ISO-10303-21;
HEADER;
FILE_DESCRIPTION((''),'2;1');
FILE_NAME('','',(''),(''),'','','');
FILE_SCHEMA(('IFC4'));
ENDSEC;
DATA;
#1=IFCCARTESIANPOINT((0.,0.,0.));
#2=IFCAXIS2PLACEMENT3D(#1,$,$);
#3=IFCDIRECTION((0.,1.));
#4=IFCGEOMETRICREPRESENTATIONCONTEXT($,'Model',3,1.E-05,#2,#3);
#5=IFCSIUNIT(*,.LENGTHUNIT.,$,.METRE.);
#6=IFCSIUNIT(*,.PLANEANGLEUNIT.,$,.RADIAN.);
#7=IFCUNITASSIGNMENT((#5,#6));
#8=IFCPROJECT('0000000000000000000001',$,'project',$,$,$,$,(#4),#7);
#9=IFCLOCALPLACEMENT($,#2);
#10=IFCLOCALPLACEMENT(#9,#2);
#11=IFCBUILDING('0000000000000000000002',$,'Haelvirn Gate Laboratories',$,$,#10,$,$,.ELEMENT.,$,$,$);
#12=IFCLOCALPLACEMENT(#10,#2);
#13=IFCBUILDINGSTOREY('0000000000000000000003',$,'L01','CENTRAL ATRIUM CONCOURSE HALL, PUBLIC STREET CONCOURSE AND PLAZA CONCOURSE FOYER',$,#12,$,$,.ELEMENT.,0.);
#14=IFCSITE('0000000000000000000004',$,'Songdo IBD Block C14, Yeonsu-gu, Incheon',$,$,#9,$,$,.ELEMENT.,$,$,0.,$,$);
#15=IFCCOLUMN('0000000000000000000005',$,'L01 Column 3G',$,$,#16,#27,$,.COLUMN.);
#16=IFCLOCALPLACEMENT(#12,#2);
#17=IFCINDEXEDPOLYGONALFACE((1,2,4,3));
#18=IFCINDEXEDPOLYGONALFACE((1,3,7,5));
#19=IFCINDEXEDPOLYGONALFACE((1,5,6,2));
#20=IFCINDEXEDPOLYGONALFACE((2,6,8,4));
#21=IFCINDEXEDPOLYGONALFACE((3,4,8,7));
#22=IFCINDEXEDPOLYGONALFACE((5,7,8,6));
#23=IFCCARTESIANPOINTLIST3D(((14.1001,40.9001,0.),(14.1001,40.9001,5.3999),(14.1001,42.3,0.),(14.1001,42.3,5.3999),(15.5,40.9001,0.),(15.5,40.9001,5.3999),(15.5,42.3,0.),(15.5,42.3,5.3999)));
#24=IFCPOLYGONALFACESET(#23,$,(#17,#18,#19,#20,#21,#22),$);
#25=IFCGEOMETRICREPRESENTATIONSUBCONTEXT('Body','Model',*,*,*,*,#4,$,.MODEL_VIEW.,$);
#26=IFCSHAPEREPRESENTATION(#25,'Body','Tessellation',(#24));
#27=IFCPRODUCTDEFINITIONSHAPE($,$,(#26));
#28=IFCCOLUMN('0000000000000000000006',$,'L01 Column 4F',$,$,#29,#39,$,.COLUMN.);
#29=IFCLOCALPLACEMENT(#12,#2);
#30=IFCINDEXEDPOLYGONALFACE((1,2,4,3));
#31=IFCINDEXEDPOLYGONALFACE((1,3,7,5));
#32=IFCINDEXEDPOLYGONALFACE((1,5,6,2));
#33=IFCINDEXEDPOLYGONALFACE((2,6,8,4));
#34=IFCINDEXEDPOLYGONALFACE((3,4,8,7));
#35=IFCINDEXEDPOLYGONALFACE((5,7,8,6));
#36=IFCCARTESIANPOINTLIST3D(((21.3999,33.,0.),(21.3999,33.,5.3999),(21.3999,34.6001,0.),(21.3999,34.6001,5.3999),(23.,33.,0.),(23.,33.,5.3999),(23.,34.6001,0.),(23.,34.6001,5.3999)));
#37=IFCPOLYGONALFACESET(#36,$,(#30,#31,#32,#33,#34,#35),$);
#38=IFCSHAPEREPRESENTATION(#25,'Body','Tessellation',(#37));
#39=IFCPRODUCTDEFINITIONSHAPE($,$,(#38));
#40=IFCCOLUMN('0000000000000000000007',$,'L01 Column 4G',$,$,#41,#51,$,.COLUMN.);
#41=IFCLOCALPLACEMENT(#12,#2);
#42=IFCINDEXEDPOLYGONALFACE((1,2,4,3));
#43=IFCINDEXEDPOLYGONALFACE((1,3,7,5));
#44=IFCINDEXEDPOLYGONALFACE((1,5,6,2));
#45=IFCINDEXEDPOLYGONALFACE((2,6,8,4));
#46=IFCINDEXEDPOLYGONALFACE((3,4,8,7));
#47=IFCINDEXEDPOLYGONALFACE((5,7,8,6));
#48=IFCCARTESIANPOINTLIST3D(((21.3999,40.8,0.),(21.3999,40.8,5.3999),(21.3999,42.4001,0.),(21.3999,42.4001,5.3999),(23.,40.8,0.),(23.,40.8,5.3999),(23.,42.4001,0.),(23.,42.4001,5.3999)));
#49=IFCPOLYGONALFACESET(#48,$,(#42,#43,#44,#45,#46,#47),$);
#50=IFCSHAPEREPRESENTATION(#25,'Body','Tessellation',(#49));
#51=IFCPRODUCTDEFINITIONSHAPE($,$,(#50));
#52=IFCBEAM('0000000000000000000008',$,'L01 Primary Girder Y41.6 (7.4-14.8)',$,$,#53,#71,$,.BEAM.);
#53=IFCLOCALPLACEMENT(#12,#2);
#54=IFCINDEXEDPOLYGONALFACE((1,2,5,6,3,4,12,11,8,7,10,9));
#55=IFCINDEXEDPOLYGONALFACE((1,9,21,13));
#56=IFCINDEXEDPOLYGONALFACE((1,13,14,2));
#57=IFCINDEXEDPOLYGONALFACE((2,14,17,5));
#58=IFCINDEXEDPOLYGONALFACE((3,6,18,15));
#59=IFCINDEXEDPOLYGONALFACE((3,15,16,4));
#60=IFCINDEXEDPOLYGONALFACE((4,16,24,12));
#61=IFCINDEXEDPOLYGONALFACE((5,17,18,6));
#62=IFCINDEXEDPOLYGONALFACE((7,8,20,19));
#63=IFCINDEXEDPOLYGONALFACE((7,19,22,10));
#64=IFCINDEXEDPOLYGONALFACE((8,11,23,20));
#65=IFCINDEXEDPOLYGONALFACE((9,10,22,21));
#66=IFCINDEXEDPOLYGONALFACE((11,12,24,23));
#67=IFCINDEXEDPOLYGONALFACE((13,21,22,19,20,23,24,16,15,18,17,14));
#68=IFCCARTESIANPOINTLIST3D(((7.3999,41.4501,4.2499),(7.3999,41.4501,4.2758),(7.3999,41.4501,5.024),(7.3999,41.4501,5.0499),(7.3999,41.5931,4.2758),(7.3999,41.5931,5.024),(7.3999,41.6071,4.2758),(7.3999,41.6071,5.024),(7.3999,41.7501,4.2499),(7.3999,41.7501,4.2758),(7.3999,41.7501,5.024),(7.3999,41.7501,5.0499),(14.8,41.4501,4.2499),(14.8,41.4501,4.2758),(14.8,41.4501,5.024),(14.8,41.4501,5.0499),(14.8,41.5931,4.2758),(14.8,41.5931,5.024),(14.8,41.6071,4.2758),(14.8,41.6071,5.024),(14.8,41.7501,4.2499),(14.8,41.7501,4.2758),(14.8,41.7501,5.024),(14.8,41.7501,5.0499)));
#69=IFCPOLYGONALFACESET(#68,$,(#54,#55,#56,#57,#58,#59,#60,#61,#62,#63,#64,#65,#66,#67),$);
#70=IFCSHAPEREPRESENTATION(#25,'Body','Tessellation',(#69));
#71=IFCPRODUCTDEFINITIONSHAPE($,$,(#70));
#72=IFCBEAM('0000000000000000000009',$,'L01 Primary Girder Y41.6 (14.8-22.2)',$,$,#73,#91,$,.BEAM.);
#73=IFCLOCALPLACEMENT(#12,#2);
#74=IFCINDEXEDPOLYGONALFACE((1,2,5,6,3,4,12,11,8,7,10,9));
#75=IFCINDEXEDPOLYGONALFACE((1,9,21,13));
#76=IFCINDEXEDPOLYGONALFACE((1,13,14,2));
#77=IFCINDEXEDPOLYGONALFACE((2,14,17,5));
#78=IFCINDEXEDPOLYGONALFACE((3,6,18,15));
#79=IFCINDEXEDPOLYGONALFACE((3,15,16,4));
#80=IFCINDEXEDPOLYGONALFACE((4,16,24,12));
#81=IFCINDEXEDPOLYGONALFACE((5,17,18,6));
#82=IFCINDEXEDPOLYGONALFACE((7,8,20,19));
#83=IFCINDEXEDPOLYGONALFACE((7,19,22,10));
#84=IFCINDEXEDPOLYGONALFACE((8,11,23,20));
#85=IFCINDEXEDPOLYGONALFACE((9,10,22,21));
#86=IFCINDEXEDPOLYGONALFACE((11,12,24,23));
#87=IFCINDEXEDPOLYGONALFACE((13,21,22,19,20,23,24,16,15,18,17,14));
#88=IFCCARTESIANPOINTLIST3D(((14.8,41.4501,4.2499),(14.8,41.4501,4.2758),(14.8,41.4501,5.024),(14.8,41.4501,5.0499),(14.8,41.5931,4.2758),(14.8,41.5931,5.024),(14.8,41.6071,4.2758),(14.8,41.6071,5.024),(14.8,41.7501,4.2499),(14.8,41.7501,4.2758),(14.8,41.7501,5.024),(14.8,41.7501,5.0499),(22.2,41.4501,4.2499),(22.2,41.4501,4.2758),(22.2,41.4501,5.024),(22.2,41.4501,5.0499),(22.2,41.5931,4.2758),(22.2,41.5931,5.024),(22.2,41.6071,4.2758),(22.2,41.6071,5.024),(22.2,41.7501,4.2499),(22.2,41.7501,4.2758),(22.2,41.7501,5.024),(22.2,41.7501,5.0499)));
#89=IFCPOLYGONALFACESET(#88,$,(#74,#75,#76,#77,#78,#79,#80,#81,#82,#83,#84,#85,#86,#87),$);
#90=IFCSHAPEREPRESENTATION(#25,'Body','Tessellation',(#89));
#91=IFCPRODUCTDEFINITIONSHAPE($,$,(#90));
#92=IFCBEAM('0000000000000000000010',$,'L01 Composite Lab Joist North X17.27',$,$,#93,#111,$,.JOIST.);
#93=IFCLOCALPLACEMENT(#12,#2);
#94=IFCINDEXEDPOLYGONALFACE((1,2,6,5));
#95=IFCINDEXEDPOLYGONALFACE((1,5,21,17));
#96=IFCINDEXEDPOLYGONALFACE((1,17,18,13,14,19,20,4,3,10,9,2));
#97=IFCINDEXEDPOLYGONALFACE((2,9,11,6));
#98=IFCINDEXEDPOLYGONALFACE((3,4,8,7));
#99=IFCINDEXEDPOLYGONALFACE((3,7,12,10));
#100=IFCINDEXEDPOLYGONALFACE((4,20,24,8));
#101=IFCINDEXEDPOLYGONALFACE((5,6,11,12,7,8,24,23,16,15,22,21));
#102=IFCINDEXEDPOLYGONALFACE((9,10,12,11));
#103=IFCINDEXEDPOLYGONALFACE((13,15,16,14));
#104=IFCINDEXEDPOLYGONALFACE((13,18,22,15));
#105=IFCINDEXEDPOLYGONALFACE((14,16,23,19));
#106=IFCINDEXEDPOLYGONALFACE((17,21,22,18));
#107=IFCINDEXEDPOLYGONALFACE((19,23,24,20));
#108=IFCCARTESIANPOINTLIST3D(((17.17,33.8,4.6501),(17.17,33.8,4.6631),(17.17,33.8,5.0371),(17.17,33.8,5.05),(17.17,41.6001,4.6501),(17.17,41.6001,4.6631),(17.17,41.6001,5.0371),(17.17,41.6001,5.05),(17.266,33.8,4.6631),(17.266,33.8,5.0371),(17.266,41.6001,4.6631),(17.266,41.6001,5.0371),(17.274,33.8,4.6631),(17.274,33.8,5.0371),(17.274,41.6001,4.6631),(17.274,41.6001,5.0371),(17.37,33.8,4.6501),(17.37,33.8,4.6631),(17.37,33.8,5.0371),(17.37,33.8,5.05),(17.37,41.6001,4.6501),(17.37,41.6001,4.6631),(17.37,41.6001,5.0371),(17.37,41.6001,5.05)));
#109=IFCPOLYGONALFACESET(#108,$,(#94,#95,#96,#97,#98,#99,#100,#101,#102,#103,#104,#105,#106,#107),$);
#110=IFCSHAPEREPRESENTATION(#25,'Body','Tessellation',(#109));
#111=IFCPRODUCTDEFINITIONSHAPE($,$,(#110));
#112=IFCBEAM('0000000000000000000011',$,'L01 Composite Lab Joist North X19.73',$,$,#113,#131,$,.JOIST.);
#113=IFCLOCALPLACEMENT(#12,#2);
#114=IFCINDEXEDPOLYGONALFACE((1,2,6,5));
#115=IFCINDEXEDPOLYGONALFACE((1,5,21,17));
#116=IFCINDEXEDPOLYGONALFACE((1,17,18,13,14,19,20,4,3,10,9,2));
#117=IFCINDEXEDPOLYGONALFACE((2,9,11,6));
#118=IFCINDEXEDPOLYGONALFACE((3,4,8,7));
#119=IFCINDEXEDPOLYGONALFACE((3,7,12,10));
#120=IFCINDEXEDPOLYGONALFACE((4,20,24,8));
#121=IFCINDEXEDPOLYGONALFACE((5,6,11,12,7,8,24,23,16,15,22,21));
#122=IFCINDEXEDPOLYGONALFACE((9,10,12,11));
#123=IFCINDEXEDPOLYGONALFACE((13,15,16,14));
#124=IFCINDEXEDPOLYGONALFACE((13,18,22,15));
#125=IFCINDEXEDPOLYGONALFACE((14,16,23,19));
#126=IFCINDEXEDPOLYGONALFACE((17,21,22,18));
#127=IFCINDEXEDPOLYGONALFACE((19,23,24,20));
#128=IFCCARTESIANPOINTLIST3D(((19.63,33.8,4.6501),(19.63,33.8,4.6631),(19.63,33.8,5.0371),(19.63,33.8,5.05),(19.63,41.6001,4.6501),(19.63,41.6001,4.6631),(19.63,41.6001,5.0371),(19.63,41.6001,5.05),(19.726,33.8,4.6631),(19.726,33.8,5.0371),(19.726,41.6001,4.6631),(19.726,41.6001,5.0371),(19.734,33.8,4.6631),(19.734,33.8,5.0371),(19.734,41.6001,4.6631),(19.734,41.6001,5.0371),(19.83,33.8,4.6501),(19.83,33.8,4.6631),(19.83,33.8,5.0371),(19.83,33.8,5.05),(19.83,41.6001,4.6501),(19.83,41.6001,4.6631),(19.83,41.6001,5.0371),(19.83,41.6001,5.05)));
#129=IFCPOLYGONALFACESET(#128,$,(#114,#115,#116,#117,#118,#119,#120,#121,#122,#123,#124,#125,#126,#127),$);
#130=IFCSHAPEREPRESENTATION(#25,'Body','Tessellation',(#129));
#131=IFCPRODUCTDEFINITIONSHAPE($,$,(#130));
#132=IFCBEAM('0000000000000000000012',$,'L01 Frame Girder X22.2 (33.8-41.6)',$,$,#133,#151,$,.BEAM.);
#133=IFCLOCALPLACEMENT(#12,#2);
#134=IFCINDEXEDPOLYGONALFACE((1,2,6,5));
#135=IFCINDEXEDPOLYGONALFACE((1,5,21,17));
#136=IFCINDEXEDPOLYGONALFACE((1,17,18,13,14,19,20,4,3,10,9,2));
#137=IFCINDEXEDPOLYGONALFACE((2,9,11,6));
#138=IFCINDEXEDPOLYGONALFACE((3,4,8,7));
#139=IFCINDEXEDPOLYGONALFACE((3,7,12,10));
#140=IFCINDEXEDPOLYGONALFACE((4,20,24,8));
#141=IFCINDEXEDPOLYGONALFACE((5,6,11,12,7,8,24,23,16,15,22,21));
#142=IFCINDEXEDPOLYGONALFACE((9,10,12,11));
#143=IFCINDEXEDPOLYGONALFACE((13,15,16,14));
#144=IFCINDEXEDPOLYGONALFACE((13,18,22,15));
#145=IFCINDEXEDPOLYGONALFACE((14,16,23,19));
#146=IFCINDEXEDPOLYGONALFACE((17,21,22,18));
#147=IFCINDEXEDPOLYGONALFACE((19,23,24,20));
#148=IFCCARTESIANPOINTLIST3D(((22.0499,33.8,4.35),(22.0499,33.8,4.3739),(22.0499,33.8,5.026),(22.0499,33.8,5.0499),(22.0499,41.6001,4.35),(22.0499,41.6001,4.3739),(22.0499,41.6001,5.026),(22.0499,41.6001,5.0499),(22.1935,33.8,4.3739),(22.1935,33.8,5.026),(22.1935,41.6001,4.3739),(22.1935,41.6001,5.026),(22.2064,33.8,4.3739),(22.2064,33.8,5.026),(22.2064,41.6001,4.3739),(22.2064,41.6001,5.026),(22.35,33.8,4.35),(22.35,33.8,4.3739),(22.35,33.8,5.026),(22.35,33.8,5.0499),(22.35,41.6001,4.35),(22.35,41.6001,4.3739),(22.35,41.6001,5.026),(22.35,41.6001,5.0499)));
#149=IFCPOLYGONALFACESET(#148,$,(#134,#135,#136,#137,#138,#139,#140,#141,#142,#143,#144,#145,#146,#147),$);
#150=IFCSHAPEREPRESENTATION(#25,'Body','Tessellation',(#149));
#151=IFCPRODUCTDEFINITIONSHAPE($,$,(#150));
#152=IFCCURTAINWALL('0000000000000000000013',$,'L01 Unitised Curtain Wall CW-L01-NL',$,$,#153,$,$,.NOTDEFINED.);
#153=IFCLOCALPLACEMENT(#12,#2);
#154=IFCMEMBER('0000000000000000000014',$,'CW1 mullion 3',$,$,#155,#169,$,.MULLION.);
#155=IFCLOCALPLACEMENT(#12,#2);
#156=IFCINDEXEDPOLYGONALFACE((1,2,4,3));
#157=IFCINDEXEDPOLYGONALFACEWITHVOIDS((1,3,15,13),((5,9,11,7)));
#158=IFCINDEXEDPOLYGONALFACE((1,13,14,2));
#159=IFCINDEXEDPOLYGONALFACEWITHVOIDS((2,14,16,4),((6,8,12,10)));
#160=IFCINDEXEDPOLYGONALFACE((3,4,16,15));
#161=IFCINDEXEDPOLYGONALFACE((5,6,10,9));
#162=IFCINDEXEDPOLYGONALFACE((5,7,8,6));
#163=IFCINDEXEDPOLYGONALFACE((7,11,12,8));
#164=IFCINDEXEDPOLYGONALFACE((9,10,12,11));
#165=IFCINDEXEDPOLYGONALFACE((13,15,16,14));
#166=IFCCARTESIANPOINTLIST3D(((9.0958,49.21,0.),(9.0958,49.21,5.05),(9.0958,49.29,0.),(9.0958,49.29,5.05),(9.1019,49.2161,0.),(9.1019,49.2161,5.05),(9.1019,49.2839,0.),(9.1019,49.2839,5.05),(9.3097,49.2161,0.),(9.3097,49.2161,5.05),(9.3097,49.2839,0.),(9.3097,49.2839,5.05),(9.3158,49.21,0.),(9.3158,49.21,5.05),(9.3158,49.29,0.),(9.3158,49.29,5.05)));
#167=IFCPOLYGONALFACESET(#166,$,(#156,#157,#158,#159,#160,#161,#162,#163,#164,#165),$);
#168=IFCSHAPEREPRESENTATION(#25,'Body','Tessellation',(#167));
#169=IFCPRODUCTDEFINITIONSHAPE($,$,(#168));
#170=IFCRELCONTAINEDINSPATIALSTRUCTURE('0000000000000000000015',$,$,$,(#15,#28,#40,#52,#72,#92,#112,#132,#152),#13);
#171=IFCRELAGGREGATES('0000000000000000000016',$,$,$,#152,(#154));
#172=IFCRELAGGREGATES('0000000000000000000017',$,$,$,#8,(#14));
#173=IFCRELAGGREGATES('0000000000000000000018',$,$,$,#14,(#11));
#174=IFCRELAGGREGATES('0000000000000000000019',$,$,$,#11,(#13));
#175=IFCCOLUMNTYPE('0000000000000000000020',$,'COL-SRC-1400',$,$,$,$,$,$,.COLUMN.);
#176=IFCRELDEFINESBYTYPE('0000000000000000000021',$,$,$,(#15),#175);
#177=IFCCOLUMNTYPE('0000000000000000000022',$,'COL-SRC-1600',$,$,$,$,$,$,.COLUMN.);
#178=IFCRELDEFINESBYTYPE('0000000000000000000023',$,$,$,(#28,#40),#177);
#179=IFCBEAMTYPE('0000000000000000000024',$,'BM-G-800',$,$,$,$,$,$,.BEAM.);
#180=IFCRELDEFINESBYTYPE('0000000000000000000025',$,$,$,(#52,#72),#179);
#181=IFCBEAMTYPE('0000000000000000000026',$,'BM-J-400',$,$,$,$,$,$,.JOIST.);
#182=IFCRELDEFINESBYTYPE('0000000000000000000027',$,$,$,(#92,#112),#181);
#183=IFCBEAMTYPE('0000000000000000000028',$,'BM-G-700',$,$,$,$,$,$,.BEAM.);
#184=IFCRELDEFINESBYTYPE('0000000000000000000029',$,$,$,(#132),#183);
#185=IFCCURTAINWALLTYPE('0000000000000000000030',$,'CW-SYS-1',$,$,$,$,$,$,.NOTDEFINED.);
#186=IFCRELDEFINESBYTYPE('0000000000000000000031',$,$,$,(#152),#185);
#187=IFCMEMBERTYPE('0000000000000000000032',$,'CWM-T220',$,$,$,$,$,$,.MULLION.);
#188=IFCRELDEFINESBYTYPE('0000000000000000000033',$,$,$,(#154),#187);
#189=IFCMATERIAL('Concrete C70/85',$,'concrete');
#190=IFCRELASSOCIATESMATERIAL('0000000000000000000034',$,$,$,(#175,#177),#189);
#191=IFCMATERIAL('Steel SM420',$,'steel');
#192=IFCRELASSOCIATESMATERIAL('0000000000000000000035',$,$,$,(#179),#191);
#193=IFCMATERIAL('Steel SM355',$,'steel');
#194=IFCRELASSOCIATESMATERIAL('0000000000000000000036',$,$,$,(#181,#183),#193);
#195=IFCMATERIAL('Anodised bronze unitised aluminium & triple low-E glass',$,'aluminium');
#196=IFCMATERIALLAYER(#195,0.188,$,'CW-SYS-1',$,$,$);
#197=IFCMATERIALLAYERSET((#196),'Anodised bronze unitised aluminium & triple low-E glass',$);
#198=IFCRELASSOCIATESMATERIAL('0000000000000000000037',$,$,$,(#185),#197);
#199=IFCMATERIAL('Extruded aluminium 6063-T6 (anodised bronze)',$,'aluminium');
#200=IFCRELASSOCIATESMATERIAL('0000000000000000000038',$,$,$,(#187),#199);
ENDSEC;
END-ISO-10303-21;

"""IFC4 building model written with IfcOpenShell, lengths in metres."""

from ifc_helpers import new_model, si_unit, direction, frame, origin, origin_2d, place, context, subcontext, project, spatial, rectangle, hollow_rectangle, i_section, extrude, source, transform, mapped, material, layer, layer_set, material_profile, profile_set, type_object, type_shapes, element, aggregate, save


model = new_model("IFC4")

# Units and contexts
model_context = context("Model", 3, precision=1e-05, world=origin(), true_north=direction((0.0, 1.0)))
body_context = subcontext(model_context, "Body", "Model", "MODEL_VIEW")
ifc_project = project(units=[si_unit("LENGTHUNIT", "METRE"), si_unit("PLANEANGLEUNIT", "RADIAN")], contexts=[model_context])

# Site, building, storey
site_placement = place(None, origin())
site = spatial("IfcSite", under=ifc_project, at=site_placement, Name="Songdo IBD Block C14, Yeonsu-gu, Incheon", CompositionType="ELEMENT", RefElevation=0.0)
building_placement = place(site_placement, origin())
building = spatial("IfcBuilding", under=site, at=building_placement, Name="Haelvirn Gate Laboratories", CompositionType="ELEMENT")
storey_placement = place(building_placement, origin())
storey = spatial("IfcBuildingStorey", under=building, at=storey_placement, Name="L01", Description="CENTRAL ATRIUM CONCOURSE HALL, PUBLIC STREET CONCOURSE AND PLAZA CONCOURSE FOYER", CompositionType="ELEMENT", Elevation=0.0)

# Columns
ifc_material_1 = material(Name="Concrete C70/85", Category="concrete")
ifc_material_profile_1 = material_profile(ifc_material_1, rectangle(XDim=1.3999, YDim=1.3999, at=origin_2d()), Name="SRC-1400x1400")
ifc_profile_set_1 = profile_set([ifc_material_profile_1], Name="Concrete C70/85")
column_type_1 = type_object("IfcColumnType", Name="COL-SRC-1400", PredefinedType="COLUMN", material=ifc_profile_set_1)
shared_shape_1 = source(origin(), body_context, "Body", "SweptSolid", [
    extrude(rectangle(XDim=1.3999, YDim=1.3999, at=origin_2d()), origin(), (0.0, 0.0, 1.0), 5.3999),
])
type_shapes(column_type_1, [shared_shape_1])
column_placement = place(storey_placement, frame((14.8, 41.6001, 0.0), z_axis=(0.0, 0.0, 1.0), x_axis=(1.0, 0.0, 0.0)))
element("IfcColumn", 1, at=column_placement, inside=storey, type_object=column_type_1, Name="L01 Column 3G", PredefinedType="COLUMN", context=body_context, shape_type="MappedRepresentation", body=[
    mapped(shared_shape_1, transform((0.0, 0.0, 0.0), scale=1.0)),
])
ifc_material_profile_2 = material_profile(ifc_material_1, rectangle(XDim=1.6001, YDim=1.6001, at=origin_2d()), Name="SRC-1600x1600")
ifc_profile_set_2 = profile_set([ifc_material_profile_2], Name="Concrete C70/85")
column_type_2 = type_object("IfcColumnType", Name="COL-SRC-1600", PredefinedType="COLUMN", material=ifc_profile_set_2)
shared_shape_2 = source(origin(), body_context, "Body", "SweptSolid", [
    extrude(rectangle(XDim=1.6001, YDim=1.6001, at=origin_2d()), origin(), (0.0, 0.0, 1.0), 5.3999),
])
type_shapes(column_type_2, [shared_shape_2])
for number, where, z_axis, x_axis, name in (
    (2, (22.2, 33.8, 0.0), (0.0, 0.0, 1.0), (1.0, 0.0, 0.0), "L01 Column 4F"),
    (3, (22.2, 41.6001, 0.0), (0.0, 0.0, 1.0), (1.0, 0.0, 0.0), "L01 Column 4G"),
):
    element("IfcColumn", number, at=place(storey_placement, frame(where, z_axis=z_axis, x_axis=x_axis)), inside=storey, type_object=column_type_2, Name=name, PredefinedType="COLUMN", context=body_context, shape_type="MappedRepresentation", body=[
        mapped(shared_shape_2, transform((0.0, 0.0, 0.0), scale=1.0)),
    ])

# Beams
ifc_material_2 = material(Name="Steel SM420", Category="steel")
ifc_material_profile_3 = material_profile(ifc_material_2, i_section(OverallWidth=0.3, OverallDepth=0.8, WebThickness=0.0139, FlangeThickness=0.0259, at=origin_2d()), Name="H-800x300x14x26")
ifc_profile_set_3 = profile_set([ifc_material_profile_3], Name="Steel SM420")
beam_type_1 = type_object("IfcBeamType", Name="BM-G-800", PredefinedType="BEAM", material=ifc_profile_set_3)
shared_shape_3 = source(origin(), body_context, "Body", "SweptSolid", [
    extrude(i_section(OverallWidth=0.3, OverallDepth=0.8, WebThickness=0.0139, FlangeThickness=0.0259, at=origin_2d()), origin(), (0.0, 0.0, 1.0), 7.4001),
])
beam_1_placement = place(storey_placement, frame((7.3999, 41.6001, 4.6499), z_axis=(1.0, 0.0, 0.0), x_axis=(0.0, 1.0, 0.0)))
element("IfcBeam", 4, at=beam_1_placement, inside=storey, type_object=beam_type_1, Name="L01 Primary Girder Y41.6 (7.4-14.8)", PredefinedType="BEAM", context=body_context, shape_type="MappedRepresentation", body=[
    mapped(shared_shape_3, transform((0.0, 0.0, 0.0), scale=1.0)),
])
shared_shape_4 = source(origin(), body_context, "Body", "SweptSolid", [
    extrude(i_section(OverallWidth=0.3, OverallDepth=0.8, WebThickness=0.0139, FlangeThickness=0.0259, at=origin_2d()), origin(), (0.0, 0.0, 1.0), 7.3999),
])
type_shapes(beam_type_1, [shared_shape_3, shared_shape_4])
beam_2_placement = place(storey_placement, frame((14.8, 41.6001, 4.6499), z_axis=(1.0, 0.0, 0.0), x_axis=(0.0, 1.0, 0.0)))
element("IfcBeam", 5, at=beam_2_placement, inside=storey, type_object=beam_type_1, Name="L01 Primary Girder Y41.6 (14.8-22.2)", PredefinedType="BEAM", context=body_context, shape_type="MappedRepresentation", body=[
    mapped(shared_shape_4, transform((0.0, 0.0, 0.0), scale=1.0)),
])
ifc_material_3 = material(Name="Steel SM355", Category="steel")
ifc_material_profile_4 = material_profile(ifc_material_3, i_section(OverallWidth=0.2, OverallDepth=0.3999, WebThickness=0.0081, FlangeThickness=0.0129, at=origin_2d()), Name="H-400x200x8x13")
ifc_profile_set_4 = profile_set([ifc_material_profile_4], Name="Steel SM355")
beam_type_2 = type_object("IfcBeamType", Name="BM-J-400", PredefinedType="JOIST", material=ifc_profile_set_4)
shared_shape_5 = source(origin(), body_context, "Body", "SweptSolid", [
    extrude(i_section(OverallWidth=0.2, OverallDepth=0.3999, WebThickness=0.0081, FlangeThickness=0.0129, at=origin_2d()), origin(), (0.0, 0.0, 1.0), 7.8),
])
type_shapes(beam_type_2, [shared_shape_5])
for number, where, z_axis, x_axis, name in (
    (6, (17.27, 33.8, 4.8501), (0.0, 1.0, 0.0), (-1.0, 0.0, 0.0), "L01 Composite Lab Joist North X17.27"),
    (7, (19.73, 33.8, 4.8501), (0.0, 1.0, 0.0), (-1.0, 0.0, 0.0), "L01 Composite Lab Joist North X19.73"),
):
    element("IfcBeam", number, at=place(storey_placement, frame(where, z_axis=z_axis, x_axis=x_axis)), inside=storey, type_object=beam_type_2, Name=name, PredefinedType="JOIST", context=body_context, shape_type="MappedRepresentation", body=[
        mapped(shared_shape_5, transform((0.0, 0.0, 0.0), scale=1.0)),
    ])
ifc_material_profile_5 = material_profile(ifc_material_3, i_section(OverallWidth=0.3, OverallDepth=0.7, WebThickness=0.0129, FlangeThickness=0.0239, at=origin_2d()), Name="H-700x300x13x24")
ifc_profile_set_5 = profile_set([ifc_material_profile_5], Name="Steel SM355")
beam_type_3 = type_object("IfcBeamType", Name="BM-G-700", PredefinedType="BEAM", material=ifc_profile_set_5)
shared_shape_6 = source(origin(), body_context, "Body", "SweptSolid", [
    extrude(i_section(OverallWidth=0.3, OverallDepth=0.7, WebThickness=0.0129, FlangeThickness=0.0239, at=origin_2d()), origin(), (0.0, 0.0, 1.0), 7.8),
])
type_shapes(beam_type_3, [shared_shape_6])
beam_3_placement = place(storey_placement, frame((22.2, 33.8, 4.7), z_axis=(0.0, 1.0, 0.0), x_axis=(-1.0, 0.0, 0.0)))
element("IfcBeam", 8, at=beam_3_placement, inside=storey, type_object=beam_type_3, Name="L01 Frame Girder X22.2 (33.8-41.6)", PredefinedType="BEAM", context=body_context, shape_type="MappedRepresentation", body=[
    mapped(shared_shape_6, transform((0.0, 0.0, 0.0), scale=1.0)),
])

# Curtain wall, member
ifc_material_4 = material(Name="Anodised bronze unitised aluminium & triple low-E glass", Category="aluminium")
ifc_layer_1 = layer(ifc_material_4, 0.188, Name="CW-SYS-1")
ifc_layer_set_1 = layer_set([ifc_layer_1], Name="Anodised bronze unitised aluminium & triple low-E glass")
curtain_wall_type = type_object("IfcCurtainWallType", Name="CW-SYS-1", PredefinedType="NOTDEFINED", material=ifc_layer_set_1)
curtain_wall_placement = place(storey_placement, origin())
curtain_wall = element("IfcCurtainWall", 9, at=curtain_wall_placement, inside=storey, type_object=curtain_wall_type, Name="L01 Unitised Curtain Wall CW-L01-NL", PredefinedType="NOTDEFINED")
ifc_material_5 = material(Name="Extruded aluminium 6063-T6 (anodised bronze)", Category="aluminium")
ifc_material_profile_6 = material_profile(ifc_material_5, hollow_rectangle(XDim=0.0801, YDim=0.22, WallThickness=0.0061, at=origin_2d()), Name="CWM-220x80x6")
ifc_profile_set_6 = profile_set([ifc_material_profile_6], Name="Extruded aluminium 6063-T6 (anodised bronze)")
member_type_1 = type_object("IfcMemberType", Name="CWM-T220", PredefinedType="MULLION", material=ifc_profile_set_6)
shared_shape_7 = source(origin(), body_context, "Body", "SweptSolid", [
    extrude(hollow_rectangle(XDim=0.0801, YDim=0.22, WallThickness=0.0061, at=origin_2d()), origin(), (0.0, 0.0, 1.0), 5.05),
])
type_shapes(member_type_1, [shared_shape_7])
member_1_placement = place(storey_placement, frame((9.2058, 49.25, 0.0), z_axis=(0.0, 0.0, 1.0), x_axis=(0.0, 1.0, 0.0)))
member_1 = element("IfcMember", 10, at=member_1_placement, type_object=member_type_1, Name="CW1 mullion 3", PredefinedType="MULLION", context=body_context, shape_type="MappedRepresentation", body=[
    mapped(shared_shape_7, transform((0.0, 0.0, 0.0), scale=1.0)),
])
aggregate(curtain_wall, [member_1])

save(model, "model.ifc")
